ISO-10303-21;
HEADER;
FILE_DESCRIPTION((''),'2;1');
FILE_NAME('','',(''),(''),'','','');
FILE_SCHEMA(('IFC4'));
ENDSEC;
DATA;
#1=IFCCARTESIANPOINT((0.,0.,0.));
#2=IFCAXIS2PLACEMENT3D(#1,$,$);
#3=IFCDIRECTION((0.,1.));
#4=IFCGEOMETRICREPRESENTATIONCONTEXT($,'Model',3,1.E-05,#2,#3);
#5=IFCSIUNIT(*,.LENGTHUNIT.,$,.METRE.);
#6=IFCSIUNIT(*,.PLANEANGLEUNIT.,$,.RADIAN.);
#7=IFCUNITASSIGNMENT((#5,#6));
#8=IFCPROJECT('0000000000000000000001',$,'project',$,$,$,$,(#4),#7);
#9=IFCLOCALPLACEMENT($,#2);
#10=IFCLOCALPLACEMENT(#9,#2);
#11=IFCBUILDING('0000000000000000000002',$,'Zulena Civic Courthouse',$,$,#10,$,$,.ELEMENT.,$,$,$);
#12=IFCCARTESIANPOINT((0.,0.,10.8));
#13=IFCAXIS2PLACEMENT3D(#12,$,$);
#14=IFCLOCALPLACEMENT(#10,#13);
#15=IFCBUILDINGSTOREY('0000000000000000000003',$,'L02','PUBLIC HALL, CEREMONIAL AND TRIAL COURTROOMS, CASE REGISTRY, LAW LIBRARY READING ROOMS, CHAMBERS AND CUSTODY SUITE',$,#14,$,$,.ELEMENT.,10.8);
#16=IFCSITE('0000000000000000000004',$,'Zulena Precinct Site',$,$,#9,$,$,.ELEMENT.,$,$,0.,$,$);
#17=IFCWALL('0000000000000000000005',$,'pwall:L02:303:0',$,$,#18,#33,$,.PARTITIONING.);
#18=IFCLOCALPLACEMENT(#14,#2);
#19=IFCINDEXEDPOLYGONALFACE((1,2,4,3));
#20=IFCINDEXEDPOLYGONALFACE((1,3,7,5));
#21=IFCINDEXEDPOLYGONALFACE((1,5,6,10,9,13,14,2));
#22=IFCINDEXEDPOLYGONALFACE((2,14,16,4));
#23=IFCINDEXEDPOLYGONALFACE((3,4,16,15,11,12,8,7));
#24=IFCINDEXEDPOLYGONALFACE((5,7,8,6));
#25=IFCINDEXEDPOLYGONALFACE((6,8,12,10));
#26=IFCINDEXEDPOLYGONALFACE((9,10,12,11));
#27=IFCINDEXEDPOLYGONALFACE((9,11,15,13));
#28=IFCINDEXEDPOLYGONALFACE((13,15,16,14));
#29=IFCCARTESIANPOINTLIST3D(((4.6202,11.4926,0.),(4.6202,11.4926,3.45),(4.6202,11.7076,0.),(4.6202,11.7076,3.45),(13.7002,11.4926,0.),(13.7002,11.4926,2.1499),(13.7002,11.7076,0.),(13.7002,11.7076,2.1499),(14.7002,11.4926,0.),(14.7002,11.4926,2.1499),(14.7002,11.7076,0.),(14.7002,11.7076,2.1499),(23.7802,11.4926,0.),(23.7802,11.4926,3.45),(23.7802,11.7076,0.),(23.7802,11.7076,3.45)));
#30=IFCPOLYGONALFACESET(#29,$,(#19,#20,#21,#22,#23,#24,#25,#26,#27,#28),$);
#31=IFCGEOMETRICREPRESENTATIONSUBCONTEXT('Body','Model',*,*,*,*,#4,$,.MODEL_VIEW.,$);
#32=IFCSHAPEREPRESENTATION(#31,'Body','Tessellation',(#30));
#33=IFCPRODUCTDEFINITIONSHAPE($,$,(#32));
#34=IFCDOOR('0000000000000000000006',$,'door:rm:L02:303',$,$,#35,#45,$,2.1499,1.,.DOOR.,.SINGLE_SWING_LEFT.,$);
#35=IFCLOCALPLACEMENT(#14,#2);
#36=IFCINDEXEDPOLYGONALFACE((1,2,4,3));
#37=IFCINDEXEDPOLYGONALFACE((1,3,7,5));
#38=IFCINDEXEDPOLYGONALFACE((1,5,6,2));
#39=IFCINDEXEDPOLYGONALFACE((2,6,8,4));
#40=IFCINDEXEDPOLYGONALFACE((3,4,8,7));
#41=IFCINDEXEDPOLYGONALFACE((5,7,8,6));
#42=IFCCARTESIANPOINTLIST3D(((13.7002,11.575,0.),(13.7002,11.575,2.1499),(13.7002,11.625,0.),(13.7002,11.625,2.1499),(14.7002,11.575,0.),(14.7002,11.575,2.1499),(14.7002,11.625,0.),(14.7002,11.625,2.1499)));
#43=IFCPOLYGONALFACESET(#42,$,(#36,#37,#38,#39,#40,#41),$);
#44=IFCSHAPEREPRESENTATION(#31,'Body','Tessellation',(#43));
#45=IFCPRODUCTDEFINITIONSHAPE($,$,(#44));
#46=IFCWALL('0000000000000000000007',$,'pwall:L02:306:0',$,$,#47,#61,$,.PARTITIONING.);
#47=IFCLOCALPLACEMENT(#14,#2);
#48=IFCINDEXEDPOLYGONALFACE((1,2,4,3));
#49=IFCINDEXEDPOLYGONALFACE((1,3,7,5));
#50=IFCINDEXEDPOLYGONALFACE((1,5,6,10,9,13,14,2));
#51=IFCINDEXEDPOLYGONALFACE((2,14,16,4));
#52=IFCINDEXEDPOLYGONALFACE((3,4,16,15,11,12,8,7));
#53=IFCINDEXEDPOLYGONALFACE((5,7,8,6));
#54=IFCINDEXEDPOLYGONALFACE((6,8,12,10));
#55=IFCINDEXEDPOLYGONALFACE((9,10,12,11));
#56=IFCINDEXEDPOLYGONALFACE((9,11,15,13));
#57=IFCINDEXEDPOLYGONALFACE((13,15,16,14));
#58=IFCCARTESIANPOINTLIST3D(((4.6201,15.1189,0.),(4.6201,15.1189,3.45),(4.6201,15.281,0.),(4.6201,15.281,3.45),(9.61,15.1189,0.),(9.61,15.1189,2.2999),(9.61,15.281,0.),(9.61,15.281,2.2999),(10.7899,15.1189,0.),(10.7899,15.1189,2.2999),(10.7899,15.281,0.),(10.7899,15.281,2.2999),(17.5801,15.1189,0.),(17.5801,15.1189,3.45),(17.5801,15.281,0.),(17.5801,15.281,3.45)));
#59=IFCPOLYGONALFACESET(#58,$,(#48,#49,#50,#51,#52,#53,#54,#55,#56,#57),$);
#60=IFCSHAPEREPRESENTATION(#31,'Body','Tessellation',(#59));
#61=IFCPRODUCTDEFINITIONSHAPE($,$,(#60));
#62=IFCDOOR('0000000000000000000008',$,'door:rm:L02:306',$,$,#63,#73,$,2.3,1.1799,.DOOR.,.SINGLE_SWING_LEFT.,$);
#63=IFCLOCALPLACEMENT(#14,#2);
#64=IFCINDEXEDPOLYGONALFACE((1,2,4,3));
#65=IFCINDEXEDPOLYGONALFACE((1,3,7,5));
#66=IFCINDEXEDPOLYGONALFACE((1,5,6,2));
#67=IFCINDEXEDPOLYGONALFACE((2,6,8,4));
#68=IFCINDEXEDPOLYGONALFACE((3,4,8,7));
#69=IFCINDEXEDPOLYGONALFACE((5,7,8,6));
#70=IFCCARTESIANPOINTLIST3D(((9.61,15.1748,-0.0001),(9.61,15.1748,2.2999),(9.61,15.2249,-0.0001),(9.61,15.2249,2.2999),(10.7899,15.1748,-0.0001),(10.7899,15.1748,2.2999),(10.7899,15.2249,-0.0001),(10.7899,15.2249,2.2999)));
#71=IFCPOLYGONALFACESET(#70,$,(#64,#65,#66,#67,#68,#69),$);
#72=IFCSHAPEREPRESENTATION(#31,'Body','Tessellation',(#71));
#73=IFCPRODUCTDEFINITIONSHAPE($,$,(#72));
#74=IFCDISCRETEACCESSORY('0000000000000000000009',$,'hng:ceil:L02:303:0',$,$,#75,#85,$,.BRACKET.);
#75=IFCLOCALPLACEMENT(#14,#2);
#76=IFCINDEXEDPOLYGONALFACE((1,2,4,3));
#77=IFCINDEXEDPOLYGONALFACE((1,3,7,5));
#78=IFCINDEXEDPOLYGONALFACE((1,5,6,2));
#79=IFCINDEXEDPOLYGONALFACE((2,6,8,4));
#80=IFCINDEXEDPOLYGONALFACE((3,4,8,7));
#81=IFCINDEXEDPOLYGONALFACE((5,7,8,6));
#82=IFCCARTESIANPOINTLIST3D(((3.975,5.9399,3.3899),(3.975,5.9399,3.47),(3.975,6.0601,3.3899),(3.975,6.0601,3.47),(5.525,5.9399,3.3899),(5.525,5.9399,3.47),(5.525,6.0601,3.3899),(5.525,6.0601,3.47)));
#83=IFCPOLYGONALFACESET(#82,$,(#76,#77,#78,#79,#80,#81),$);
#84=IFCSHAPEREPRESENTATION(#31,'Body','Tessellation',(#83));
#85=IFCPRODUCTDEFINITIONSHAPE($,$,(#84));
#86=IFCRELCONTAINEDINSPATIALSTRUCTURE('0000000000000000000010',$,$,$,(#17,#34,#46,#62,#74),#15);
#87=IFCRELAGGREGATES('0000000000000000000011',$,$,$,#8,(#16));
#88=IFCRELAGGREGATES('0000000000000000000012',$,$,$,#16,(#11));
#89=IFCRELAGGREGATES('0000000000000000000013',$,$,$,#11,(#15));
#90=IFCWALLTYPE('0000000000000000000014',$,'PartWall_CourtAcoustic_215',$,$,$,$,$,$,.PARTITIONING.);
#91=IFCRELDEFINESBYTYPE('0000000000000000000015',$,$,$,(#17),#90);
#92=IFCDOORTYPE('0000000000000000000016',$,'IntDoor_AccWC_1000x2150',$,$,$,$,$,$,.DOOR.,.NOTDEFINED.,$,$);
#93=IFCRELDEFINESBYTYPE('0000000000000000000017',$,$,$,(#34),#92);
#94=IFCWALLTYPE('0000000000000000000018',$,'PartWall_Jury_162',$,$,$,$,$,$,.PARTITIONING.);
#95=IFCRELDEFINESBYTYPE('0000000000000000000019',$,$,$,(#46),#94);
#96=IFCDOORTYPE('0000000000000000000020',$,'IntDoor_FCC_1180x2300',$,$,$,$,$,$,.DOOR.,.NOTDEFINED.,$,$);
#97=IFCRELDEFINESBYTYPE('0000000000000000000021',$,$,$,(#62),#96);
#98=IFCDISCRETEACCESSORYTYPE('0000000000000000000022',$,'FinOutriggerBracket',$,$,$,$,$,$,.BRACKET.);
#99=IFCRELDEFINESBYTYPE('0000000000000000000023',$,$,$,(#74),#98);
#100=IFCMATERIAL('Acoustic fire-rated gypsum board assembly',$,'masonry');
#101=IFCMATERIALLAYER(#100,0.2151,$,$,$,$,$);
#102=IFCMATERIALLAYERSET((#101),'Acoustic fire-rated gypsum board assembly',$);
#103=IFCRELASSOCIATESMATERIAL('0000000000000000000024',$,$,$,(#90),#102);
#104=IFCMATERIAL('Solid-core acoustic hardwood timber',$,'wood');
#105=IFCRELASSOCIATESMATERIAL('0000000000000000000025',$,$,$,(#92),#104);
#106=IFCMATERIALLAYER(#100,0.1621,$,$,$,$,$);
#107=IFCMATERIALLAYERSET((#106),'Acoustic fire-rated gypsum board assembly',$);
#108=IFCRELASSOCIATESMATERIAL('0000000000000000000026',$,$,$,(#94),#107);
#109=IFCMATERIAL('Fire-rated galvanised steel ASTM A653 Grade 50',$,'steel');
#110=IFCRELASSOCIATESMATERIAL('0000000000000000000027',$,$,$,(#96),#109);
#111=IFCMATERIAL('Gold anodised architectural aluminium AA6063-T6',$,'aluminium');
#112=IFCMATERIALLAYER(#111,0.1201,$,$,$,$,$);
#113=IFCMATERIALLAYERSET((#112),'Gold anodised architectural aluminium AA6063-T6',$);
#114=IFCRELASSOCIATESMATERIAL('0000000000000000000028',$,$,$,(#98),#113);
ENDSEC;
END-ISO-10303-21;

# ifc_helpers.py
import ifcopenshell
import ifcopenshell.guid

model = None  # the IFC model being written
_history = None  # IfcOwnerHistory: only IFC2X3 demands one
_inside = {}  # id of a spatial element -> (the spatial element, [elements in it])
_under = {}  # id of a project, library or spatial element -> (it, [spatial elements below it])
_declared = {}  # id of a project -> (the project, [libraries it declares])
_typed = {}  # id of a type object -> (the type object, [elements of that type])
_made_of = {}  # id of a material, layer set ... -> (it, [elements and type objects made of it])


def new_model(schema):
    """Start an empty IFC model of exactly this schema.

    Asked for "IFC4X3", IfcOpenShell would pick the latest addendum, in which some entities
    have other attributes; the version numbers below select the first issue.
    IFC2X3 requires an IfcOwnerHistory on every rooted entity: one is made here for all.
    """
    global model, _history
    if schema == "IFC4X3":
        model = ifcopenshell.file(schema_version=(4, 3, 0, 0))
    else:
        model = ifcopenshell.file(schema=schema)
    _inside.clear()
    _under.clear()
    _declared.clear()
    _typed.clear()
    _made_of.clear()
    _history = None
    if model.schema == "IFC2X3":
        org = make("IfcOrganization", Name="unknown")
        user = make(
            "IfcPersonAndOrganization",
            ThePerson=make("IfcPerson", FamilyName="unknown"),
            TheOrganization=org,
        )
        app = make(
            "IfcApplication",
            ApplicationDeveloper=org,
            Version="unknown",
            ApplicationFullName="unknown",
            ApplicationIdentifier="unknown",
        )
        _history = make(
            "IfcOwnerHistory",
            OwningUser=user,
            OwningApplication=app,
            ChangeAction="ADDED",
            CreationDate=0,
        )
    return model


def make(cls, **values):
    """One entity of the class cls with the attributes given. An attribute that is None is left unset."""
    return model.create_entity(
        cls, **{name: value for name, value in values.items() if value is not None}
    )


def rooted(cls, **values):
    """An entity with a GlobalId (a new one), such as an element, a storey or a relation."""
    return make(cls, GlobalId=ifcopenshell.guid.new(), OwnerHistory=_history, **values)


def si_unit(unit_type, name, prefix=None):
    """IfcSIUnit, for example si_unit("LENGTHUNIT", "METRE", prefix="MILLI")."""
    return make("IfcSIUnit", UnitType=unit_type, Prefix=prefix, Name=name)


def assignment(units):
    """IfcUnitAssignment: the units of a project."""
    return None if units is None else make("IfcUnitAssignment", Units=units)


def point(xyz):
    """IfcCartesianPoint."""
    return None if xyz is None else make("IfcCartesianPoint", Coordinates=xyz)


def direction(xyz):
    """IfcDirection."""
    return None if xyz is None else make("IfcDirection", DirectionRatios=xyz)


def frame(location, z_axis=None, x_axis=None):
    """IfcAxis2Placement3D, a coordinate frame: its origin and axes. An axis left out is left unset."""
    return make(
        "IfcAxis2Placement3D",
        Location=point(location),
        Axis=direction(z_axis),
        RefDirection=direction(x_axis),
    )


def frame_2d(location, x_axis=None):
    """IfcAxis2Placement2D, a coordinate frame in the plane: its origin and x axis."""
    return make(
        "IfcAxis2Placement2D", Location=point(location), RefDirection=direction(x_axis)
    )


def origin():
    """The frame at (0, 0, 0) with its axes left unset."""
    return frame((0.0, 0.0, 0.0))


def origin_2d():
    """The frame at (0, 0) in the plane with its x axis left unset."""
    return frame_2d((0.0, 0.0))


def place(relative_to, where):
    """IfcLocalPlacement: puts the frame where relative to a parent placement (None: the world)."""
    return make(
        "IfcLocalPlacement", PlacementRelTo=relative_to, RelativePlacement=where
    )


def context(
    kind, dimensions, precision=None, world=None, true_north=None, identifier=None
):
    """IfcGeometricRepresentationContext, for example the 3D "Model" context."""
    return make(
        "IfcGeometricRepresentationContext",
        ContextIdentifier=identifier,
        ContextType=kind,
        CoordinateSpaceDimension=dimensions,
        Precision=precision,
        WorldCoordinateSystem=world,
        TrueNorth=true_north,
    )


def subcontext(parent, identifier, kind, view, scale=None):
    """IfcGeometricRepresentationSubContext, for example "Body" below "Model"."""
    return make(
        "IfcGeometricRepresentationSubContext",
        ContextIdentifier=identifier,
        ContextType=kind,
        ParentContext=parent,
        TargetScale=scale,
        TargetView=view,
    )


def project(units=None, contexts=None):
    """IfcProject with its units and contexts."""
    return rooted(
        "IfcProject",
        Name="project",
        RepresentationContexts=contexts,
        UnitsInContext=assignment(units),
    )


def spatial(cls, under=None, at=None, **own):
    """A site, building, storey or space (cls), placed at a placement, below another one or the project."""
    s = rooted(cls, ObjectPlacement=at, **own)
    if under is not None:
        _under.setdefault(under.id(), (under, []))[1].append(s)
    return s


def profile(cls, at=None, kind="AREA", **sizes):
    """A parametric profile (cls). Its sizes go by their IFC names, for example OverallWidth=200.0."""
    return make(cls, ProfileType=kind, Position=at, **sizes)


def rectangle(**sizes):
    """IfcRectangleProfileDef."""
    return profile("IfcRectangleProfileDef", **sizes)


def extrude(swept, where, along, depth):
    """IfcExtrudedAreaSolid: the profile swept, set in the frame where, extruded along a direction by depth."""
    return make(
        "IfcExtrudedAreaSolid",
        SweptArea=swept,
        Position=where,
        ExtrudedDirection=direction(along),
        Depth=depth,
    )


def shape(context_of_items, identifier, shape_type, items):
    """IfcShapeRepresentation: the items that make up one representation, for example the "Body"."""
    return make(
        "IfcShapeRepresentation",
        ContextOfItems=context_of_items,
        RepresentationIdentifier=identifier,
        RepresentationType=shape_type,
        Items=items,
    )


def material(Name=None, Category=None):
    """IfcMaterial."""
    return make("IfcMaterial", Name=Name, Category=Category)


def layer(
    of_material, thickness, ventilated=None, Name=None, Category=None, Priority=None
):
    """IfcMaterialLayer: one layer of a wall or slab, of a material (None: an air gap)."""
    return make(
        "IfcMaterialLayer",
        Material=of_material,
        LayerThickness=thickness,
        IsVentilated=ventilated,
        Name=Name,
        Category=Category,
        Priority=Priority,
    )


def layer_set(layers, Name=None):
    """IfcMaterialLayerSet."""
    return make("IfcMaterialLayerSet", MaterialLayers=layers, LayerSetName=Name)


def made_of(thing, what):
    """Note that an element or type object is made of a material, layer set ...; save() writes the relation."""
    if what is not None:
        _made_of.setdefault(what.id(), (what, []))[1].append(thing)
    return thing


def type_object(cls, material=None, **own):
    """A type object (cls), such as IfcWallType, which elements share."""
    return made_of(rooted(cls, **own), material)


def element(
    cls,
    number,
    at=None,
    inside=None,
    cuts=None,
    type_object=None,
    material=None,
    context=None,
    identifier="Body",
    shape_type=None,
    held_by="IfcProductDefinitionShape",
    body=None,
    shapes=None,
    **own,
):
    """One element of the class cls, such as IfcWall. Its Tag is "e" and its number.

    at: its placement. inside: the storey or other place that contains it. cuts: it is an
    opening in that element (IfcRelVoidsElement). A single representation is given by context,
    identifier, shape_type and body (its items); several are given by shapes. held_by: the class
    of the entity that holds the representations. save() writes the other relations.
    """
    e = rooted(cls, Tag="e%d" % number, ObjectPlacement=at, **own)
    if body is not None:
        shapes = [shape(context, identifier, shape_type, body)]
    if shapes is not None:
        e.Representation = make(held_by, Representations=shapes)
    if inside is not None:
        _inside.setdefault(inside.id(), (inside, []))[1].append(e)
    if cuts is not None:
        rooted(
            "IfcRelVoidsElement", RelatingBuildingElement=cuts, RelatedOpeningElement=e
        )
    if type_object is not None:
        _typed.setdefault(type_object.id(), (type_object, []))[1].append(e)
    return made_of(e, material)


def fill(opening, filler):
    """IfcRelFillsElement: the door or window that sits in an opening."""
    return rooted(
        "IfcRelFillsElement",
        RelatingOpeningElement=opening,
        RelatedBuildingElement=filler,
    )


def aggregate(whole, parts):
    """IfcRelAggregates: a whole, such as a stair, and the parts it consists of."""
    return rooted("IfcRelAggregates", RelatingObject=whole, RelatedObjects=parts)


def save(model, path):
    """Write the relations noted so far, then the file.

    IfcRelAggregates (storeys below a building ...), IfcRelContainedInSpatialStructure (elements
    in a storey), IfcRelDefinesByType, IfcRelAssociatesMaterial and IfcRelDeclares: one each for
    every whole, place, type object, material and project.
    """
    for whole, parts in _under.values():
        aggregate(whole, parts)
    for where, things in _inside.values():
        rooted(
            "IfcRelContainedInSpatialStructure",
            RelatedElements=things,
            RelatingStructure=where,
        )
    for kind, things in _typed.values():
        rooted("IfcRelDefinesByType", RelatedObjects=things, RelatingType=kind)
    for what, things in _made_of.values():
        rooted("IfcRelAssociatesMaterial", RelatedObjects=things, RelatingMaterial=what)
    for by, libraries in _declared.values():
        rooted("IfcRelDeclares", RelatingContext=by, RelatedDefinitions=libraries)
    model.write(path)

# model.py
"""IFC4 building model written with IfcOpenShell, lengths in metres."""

from ifc_helpers import new_model, si_unit, direction, frame, frame_2d, origin, origin_2d, place, context, subcontext, project, spatial, rectangle, extrude, material, layer, layer_set, type_object, element, fill, save


model = new_model("IFC4")

# Units and contexts
model_context = context("Model", 3, precision=1e-05, world=origin(), true_north=direction((0.0, 1.0)))
body_context = subcontext(model_context, "Body", "Model", "MODEL_VIEW")
ifc_project = project(units=[si_unit("LENGTHUNIT", "METRE"), si_unit("PLANEANGLEUNIT", "RADIAN")], contexts=[model_context])

# Site, building, storey
site_placement = place(None, origin())
site = spatial("IfcSite", under=ifc_project, at=site_placement, Name="Zulena Precinct Site", CompositionType="ELEMENT", RefElevation=0.0)
building_placement = place(site_placement, origin())
building = spatial("IfcBuilding", under=site, at=building_placement, Name="Zulena Civic Courthouse", CompositionType="ELEMENT")
storey_placement = place(building_placement, frame((0.0, 0.0, 10.8)))
storey = spatial("IfcBuildingStorey", under=building, at=storey_placement, Name="L02", Description="PUBLIC HALL, CEREMONIAL AND TRIAL COURTROOMS, CASE REGISTRY, LAW LIBRARY READING ROOMS, CHAMBERS AND CUSTODY SUITE", CompositionType="ELEMENT", Elevation=10.8)

# Walls, openings, doors
ifc_material_1 = material(Name="Acoustic fire-rated gypsum board assembly", Category="masonry")
ifc_layer_1 = layer(ifc_material_1, 0.2151)
ifc_layer_set_1 = layer_set([ifc_layer_1], Name="Acoustic fire-rated gypsum board assembly")
wall_type_1 = type_object("IfcWallType", Name="PartWall_CourtAcoustic_215", PredefinedType="PARTITIONING", material=ifc_layer_set_1)
wall_1_placement = place(storey_placement, frame((4.6201, 11.6001, 0.0), z_axis=(0.0, 0.0, 1.0), x_axis=(1.0, 0.0, 0.0)))
wall_1 = element("IfcWall", 1, at=wall_1_placement, inside=storey, type_object=wall_type_1, Name="pwall:L02:303:0", PredefinedType="PARTITIONING", context=body_context, shape_type="SweptSolid", body=[
    extrude(rectangle(XDim=19.1599, YDim=0.2151, at=frame_2d((9.5801, 0.0))), origin(), (0.0, 0.0, 1.0), 3.45),
])
opening_1_placement = place(wall_1_placement, frame((9.0801, 0.0, 0.0)))
opening_1 = element("IfcOpeningElement", 2, at=opening_1_placement, cuts=wall_1, PredefinedType="OPENING", context=body_context, shape_type="SweptSolid", body=[
    extrude(rectangle(XDim=1.0, YDim=2.1499, at=frame_2d((0.5, 1.075))), frame((0.0, 0.1174, 0.0), z_axis=(0.0, -1.0, 0.0), x_axis=(1.0, 0.0, 0.0)), (0.0, 0.0, 1.0), 0.2351),
])
ifc_material_2 = material(Name="Solid-core acoustic hardwood timber", Category="wood")
door_type_1 = type_object("IfcDoorType", Name="IntDoor_AccWC_1000x2150", OperationType="NOTDEFINED", PredefinedType="DOOR", material=ifc_material_2)
door_1_placement = place(opening_1_placement, origin())
door_1 = element("IfcDoor", 3, at=door_1_placement, inside=storey, type_object=door_type_1, Name="door:rm:L02:303", OperationType="SINGLE_SWING_LEFT", OverallHeight=2.1499, OverallWidth=1.0, PredefinedType="DOOR", context=body_context, shape_type="SweptSolid", body=[
    extrude(rectangle(XDim=1.0, YDim=2.1499, at=frame_2d((0.5, 1.075))), frame((0.0, 0.0249, 0.0), z_axis=(0.0, -1.0, 0.0), x_axis=(1.0, 0.0, 0.0)), (0.0, 0.0, 1.0), 0.05),
])
fill(opening_1, door_1)
ifc_layer_2 = layer(ifc_material_1, 0.1621)
ifc_layer_set_2 = layer_set([ifc_layer_2], Name="Acoustic fire-rated gypsum board assembly")
wall_type_2 = type_object("IfcWallType", Name="PartWall_Jury_162", PredefinedType="PARTITIONING", material=ifc_layer_set_2)
wall_2_placement = place(storey_placement, frame((4.6201, 15.2, 0.0), z_axis=(0.0, 0.0, 1.0), x_axis=(1.0, 0.0, 0.0)))
wall_2 = element("IfcWall", 4, at=wall_2_placement, inside=storey, type_object=wall_type_2, Name="pwall:L02:306:0", PredefinedType="PARTITIONING", context=body_context, shape_type="SweptSolid", body=[
    extrude(rectangle(XDim=12.96, YDim=0.1621, at=frame_2d((6.48, 0.0))), origin(), (0.0, 0.0, 1.0), 3.45),
])
opening_2_placement = place(wall_2_placement, frame((4.99, 0.0, 0.0)))
opening_2 = element("IfcOpeningElement", 5, at=opening_2_placement, cuts=wall_2, PredefinedType="OPENING", context=body_context, shape_type="SweptSolid", body=[
    extrude(rectangle(XDim=1.1799, YDim=2.3, at=frame_2d((0.5898, 1.1499))), frame((0.0, 0.0911, 0.0), z_axis=(0.0, -1.0, 0.0), x_axis=(1.0, 0.0, 0.0)), (0.0, 0.0, 1.0), 0.1821),
])
ifc_material_3 = material(Name="Fire-rated galvanised steel ASTM A653 Grade 50", Category="steel")
door_type_2 = type_object("IfcDoorType", Name="IntDoor_FCC_1180x2300", OperationType="NOTDEFINED", PredefinedType="DOOR", material=ifc_material_3)
door_2_placement = place(opening_2_placement, origin())
door_2 = element("IfcDoor", 6, at=door_2_placement, inside=storey, type_object=door_type_2, Name="door:rm:L02:306", OperationType="SINGLE_SWING_LEFT", OverallHeight=2.3, OverallWidth=1.1799, PredefinedType="DOOR", context=body_context, shape_type="SweptSolid", body=[
    extrude(rectangle(XDim=1.1799, YDim=2.3, at=frame_2d((0.5898, 1.1499))), frame((0.0, 0.0249, 0.0), z_axis=(0.0, -1.0, 0.0), x_axis=(1.0, 0.0, 0.0)), (0.0, 0.0, 1.0), 0.05),
])
fill(opening_2, door_2)

# Discrete accessory
ifc_material_4 = material(Name="Gold anodised architectural aluminium AA6063-T6", Category="aluminium")
ifc_layer_3 = layer(ifc_material_4, 0.1201)
ifc_layer_set_3 = layer_set([ifc_layer_3], Name="Gold anodised architectural aluminium AA6063-T6")
discrete_accessory_type = type_object("IfcDiscreteAccessoryType", Name="FinOutriggerBracket", PredefinedType="BRACKET", material=ifc_layer_set_3)
discrete_accessory_placement = place(storey_placement, frame((4.75, 6.0, 3.3899), z_axis=(0.0, 0.0, 1.0), x_axis=(1.0, 0.0, 0.0)))
element("IfcDiscreteAccessory", 7, at=discrete_accessory_placement, inside=storey, type_object=discrete_accessory_type, Name="hng:ceil:L02:303:0", PredefinedType="BRACKET", context=body_context, shape_type="SweptSolid", body=[
    extrude(rectangle(XDim=1.55, YDim=0.1201, at=origin_2d()), origin(), (0.0, 0.0, 1.0), 0.0801),
])

save(model, "model.ifc")
